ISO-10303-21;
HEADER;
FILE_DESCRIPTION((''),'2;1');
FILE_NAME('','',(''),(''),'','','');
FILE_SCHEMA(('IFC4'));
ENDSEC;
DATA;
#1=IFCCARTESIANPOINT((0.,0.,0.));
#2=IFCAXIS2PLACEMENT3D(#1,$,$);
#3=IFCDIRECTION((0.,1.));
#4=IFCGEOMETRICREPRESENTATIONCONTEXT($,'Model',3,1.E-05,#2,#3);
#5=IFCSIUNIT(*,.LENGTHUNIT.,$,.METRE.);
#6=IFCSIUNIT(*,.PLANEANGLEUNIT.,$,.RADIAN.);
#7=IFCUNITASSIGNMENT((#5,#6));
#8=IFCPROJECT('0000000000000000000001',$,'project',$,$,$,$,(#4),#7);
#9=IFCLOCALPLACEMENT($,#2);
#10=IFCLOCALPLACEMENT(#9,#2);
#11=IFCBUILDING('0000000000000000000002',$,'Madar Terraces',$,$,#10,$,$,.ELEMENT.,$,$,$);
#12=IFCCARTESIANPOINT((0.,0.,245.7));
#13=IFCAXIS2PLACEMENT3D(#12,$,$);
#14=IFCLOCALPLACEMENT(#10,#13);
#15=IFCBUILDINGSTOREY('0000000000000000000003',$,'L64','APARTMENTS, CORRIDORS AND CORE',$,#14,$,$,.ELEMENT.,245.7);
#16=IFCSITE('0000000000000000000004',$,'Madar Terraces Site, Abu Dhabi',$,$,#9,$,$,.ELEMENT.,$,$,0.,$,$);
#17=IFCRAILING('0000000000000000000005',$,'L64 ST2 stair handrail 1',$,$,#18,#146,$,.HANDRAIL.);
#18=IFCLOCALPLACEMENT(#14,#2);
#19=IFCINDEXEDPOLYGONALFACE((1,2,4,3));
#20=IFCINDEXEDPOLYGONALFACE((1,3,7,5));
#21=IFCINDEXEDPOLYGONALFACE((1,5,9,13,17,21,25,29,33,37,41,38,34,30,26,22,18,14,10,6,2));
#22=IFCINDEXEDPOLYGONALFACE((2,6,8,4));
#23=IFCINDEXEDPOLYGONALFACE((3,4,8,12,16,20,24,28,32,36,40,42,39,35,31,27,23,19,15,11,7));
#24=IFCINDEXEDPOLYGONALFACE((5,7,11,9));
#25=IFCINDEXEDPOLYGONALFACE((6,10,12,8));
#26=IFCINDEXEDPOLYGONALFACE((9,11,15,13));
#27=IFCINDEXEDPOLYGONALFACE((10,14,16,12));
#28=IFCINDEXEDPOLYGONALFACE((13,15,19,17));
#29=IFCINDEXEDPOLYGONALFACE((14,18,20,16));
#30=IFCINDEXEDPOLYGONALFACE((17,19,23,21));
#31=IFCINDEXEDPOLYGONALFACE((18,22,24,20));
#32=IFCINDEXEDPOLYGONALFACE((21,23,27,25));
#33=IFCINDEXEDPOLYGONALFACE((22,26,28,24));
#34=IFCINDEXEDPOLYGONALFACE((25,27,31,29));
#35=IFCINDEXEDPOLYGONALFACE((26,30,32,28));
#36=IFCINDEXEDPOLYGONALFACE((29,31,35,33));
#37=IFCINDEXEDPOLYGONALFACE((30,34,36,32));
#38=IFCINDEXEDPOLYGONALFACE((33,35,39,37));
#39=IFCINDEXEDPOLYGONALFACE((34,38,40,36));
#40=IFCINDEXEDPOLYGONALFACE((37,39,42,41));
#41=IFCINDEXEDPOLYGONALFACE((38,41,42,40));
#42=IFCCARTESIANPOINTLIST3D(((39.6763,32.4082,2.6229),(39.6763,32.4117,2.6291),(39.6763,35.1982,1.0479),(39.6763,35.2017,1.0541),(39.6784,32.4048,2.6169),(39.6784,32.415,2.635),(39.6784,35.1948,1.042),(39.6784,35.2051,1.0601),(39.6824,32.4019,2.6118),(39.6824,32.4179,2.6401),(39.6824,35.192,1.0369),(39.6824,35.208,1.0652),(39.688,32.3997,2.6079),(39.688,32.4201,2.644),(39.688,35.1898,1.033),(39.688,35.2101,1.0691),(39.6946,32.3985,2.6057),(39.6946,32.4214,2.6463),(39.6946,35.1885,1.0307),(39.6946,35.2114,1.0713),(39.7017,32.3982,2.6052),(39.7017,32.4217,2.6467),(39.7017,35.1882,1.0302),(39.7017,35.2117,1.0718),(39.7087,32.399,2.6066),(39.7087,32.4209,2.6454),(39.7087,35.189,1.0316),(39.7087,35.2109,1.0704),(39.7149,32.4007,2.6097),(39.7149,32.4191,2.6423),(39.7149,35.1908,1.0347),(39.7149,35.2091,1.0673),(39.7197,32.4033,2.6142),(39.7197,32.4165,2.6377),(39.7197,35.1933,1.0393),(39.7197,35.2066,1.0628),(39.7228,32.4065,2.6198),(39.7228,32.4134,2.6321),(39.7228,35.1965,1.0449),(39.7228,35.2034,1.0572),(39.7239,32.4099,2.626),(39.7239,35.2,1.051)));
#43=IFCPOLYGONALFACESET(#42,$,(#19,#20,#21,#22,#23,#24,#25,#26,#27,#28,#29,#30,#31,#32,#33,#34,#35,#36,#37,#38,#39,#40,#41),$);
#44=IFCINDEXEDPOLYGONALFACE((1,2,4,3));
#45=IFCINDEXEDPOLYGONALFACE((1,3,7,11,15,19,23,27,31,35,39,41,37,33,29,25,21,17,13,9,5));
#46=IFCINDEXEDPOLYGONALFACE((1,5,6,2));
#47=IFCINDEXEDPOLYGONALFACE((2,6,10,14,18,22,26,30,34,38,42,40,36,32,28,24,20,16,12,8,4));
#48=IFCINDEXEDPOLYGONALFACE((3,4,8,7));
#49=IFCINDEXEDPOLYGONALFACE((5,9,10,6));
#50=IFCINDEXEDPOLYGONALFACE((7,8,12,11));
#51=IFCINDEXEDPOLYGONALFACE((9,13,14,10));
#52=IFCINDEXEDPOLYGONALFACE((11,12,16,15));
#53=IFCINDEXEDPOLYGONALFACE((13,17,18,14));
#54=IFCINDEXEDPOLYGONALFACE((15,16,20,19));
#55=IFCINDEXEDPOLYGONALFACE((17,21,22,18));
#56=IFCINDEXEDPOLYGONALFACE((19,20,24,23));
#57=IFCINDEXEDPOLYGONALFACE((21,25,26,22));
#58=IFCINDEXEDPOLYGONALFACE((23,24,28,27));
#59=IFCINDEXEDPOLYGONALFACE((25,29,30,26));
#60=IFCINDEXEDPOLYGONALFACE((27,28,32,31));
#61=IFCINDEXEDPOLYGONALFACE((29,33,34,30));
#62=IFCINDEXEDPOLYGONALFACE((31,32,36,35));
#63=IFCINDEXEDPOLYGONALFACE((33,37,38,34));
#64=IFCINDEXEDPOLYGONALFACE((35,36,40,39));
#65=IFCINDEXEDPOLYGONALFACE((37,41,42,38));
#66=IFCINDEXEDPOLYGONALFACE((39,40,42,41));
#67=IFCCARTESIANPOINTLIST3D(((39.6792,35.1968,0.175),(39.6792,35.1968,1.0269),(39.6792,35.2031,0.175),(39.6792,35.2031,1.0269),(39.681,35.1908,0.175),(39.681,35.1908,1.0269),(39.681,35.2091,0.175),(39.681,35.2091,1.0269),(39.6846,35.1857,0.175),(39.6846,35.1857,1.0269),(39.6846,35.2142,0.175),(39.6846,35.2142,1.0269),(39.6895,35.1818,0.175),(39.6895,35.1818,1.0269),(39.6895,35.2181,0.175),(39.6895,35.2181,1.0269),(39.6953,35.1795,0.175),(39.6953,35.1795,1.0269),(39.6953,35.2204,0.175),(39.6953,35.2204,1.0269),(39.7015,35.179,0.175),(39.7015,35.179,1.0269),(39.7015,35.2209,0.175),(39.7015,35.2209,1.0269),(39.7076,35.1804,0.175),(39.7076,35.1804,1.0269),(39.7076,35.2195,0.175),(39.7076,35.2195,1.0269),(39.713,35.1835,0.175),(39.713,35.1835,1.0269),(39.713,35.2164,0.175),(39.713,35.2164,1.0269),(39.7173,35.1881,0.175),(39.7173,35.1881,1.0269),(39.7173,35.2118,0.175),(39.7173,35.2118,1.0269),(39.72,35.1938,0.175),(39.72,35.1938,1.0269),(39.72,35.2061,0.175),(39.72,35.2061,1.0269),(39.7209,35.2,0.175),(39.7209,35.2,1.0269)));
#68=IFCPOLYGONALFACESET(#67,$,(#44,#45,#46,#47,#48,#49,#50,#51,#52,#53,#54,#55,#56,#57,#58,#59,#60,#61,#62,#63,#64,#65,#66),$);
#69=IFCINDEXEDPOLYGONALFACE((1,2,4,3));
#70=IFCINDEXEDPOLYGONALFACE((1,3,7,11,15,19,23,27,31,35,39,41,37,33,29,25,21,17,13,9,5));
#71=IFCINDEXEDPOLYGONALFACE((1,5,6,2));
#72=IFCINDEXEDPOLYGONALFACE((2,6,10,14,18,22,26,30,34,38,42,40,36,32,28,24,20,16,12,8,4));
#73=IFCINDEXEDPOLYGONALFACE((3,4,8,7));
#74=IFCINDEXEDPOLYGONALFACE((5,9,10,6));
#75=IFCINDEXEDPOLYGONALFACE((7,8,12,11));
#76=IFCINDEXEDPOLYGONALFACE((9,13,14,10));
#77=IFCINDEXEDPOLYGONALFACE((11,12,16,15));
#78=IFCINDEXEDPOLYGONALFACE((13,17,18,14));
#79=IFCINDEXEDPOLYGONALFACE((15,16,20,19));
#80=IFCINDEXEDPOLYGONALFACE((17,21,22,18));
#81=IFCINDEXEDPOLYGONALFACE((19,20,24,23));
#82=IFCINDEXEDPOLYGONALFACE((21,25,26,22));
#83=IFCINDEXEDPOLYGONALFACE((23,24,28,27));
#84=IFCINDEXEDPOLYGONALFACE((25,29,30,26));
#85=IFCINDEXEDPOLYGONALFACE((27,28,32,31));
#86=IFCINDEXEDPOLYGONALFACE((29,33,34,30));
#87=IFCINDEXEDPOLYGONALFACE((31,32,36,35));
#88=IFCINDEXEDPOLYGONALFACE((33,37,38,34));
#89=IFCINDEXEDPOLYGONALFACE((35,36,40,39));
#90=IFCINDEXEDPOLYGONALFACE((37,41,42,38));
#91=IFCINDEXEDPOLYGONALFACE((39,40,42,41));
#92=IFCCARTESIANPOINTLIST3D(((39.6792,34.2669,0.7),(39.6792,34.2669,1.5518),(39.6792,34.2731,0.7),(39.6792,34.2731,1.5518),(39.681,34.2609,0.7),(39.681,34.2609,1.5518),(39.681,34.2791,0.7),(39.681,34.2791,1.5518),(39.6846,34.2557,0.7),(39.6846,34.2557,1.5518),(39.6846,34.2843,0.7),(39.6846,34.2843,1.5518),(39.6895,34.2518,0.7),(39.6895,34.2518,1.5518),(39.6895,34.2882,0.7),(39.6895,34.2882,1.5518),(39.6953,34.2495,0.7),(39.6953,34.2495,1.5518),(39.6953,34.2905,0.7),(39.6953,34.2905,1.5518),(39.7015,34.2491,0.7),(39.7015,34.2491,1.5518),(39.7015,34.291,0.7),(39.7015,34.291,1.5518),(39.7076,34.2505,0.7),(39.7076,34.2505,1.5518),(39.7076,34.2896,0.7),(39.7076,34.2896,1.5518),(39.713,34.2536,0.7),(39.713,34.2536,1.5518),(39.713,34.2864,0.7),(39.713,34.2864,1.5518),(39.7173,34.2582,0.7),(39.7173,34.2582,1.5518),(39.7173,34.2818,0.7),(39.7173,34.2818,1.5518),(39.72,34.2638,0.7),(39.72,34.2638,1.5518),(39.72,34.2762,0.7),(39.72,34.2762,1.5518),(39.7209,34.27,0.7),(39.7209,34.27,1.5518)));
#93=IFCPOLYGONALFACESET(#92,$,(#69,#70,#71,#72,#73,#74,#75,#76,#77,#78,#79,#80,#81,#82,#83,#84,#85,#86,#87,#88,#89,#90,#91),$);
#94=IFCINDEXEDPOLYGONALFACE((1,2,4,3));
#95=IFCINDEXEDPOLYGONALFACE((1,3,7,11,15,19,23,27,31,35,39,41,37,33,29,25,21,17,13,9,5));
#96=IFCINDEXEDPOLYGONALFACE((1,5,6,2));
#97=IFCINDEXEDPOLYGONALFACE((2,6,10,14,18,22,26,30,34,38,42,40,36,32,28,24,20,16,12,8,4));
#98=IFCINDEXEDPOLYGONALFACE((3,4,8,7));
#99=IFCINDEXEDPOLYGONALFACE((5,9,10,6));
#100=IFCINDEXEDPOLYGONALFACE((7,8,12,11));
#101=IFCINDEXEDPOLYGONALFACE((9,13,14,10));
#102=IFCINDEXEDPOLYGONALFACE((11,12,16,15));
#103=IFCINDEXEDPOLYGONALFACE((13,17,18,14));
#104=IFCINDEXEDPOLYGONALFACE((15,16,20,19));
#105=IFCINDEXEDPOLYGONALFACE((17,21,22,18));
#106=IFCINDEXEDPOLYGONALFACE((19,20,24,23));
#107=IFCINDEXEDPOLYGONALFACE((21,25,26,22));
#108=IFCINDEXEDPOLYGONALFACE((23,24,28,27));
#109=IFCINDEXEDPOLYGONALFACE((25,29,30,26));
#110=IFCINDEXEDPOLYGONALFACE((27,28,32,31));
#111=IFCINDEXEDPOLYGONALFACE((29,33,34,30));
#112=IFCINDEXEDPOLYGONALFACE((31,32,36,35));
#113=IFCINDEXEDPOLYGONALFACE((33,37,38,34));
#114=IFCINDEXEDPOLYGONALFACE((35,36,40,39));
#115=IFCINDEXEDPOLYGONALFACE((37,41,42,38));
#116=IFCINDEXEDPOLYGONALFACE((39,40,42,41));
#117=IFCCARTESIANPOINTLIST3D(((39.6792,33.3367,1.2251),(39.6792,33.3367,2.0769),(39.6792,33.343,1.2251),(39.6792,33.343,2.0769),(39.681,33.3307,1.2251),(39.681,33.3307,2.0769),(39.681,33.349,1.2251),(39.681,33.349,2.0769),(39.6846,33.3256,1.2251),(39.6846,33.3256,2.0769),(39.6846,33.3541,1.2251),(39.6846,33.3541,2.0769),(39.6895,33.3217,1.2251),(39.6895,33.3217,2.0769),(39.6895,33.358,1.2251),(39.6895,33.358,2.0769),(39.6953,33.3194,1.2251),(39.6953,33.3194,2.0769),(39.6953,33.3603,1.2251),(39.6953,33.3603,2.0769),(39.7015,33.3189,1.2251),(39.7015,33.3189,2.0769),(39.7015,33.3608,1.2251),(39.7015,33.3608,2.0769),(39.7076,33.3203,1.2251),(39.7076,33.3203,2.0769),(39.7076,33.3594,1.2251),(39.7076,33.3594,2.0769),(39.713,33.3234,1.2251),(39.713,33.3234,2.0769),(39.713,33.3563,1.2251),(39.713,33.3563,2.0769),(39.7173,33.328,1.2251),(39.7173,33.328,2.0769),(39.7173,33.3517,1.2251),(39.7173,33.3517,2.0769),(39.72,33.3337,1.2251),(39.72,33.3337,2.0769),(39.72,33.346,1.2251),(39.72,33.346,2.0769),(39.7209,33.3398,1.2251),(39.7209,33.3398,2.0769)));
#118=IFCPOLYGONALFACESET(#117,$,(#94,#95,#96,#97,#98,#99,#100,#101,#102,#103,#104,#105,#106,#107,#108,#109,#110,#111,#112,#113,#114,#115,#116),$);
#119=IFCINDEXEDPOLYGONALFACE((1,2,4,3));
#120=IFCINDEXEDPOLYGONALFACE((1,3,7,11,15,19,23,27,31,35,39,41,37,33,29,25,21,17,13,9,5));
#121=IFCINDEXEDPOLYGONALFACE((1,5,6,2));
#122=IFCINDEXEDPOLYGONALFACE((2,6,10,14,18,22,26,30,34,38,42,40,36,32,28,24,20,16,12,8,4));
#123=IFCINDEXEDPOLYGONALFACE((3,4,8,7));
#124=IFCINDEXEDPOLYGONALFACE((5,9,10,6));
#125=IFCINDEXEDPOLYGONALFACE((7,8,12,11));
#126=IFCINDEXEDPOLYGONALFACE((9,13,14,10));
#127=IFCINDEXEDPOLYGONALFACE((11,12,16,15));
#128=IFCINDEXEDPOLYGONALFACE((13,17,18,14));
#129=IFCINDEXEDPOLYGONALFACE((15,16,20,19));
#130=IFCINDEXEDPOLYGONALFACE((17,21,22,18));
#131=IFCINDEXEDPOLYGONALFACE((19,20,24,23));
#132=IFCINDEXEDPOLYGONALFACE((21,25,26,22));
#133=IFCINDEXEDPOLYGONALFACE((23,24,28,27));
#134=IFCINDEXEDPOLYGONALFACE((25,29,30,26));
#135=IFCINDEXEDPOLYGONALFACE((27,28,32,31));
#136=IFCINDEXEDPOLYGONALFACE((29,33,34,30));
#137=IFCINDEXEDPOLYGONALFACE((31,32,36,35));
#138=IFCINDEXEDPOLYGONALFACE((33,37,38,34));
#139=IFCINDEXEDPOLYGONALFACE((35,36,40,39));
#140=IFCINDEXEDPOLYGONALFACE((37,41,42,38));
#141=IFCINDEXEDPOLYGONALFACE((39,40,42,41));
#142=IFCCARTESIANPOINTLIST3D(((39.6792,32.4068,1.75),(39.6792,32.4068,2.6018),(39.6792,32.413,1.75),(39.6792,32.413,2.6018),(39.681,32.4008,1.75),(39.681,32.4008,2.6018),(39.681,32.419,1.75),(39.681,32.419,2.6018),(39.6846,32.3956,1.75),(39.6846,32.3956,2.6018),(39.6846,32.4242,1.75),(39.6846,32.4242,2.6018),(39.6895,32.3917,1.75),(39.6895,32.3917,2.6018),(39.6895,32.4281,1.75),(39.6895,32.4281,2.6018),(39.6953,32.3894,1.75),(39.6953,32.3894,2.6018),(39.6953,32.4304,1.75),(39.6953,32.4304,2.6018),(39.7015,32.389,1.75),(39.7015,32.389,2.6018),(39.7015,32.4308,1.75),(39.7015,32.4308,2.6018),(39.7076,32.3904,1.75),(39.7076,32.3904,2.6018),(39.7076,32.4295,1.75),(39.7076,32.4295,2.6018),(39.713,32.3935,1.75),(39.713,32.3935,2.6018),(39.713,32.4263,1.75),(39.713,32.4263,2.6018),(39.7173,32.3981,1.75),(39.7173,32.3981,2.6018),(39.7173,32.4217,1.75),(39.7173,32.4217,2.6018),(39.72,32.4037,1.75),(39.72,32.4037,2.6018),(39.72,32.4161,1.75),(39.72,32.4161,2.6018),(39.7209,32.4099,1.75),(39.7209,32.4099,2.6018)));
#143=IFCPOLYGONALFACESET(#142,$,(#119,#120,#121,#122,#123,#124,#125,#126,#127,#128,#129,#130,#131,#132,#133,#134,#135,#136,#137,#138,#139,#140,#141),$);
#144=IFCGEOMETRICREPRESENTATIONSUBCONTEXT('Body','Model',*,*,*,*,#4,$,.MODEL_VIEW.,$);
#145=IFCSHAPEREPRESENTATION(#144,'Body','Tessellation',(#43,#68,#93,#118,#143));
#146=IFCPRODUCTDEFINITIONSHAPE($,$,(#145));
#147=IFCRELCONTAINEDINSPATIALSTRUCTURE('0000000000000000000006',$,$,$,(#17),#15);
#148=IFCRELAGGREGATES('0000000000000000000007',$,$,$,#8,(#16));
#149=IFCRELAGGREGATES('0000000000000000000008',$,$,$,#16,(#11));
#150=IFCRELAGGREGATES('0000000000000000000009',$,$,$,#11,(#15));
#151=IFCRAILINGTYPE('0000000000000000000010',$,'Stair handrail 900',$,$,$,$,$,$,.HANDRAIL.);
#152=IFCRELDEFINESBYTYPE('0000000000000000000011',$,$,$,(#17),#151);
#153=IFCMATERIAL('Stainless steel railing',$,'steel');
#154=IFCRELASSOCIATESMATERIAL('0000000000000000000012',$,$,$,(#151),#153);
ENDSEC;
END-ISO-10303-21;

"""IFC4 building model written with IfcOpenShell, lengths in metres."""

from ifc_helpers import new_model, si_unit, direction, frame, origin, origin_2d, place, context, subcontext, project, spatial, circle, extrude, material, type_object, element, save


model = new_model("IFC4")

# Units and contexts
model_context = context("Model", 3, precision=1e-05, world=origin(), true_north=direction((0.0, 1.0)))
body_context = subcontext(model_context, "Body", "Model", "MODEL_VIEW")
ifc_project = project(units=[si_unit("LENGTHUNIT", "METRE"), si_unit("PLANEANGLEUNIT", "RADIAN")], contexts=[model_context])

# Site, building, storey
site_placement = place(None, origin())
site = spatial("IfcSite", under=ifc_project, at=site_placement, Name="Madar Terraces Site, Abu Dhabi", CompositionType="ELEMENT", RefElevation=0.0)
building_placement = place(site_placement, origin())
building = spatial("IfcBuilding", under=site, at=building_placement, Name="Madar Terraces", CompositionType="ELEMENT")
storey_placement = place(building_placement, frame((0.0, 0.0, 245.7)))
storey = spatial("IfcBuildingStorey", under=building, at=storey_placement, Name="L64", Description="APARTMENTS, CORRIDORS AND CORE", CompositionType="ELEMENT", Elevation=245.7)

# Railing
ifc_material_1 = material(Name="Stainless steel railing", Category="steel")
railing_type_1 = type_object("IfcRailingType", Name="Stair handrail 900", PredefinedType="HANDRAIL", material=ifc_material_1)
railing_1_placement = place(storey_placement, frame((39.7, 35.2, 0.175)))
element("IfcRailing", 1, at=railing_1_placement, inside=storey, type_object=railing_type_1, Name="L64 ST2 stair handrail 1", PredefinedType="HANDRAIL", context=body_context, shape_type="SweptSolid", body=[
    extrude(circle(Radius=0.0239, at=origin_2d()), frame((0.0, 0.0, 0.876), z_axis=(0.0, -0.870834, 0.491578), x_axis=(1.0, 0.0, 0.0)), (0.0, 0.0, 1.0), 3.2039),
    extrude(circle(Radius=0.021, at=origin_2d()), origin(), (0.0, 0.0, 1.0), 0.8518),
    extrude(circle(Radius=0.021, at=origin_2d()), frame((0.0, -0.9299, 0.5249)), (0.0, 0.0, 1.0), 0.8518),
    extrude(circle(Radius=0.021, at=origin_2d()), frame((0.0, -1.8601, 1.05)), (0.0, 0.0, 1.0), 0.8518),
    extrude(circle(Radius=0.021, at=origin_2d()), frame((0.0, -2.79, 1.575)), (0.0, 0.0, 1.0), 0.8518),
])

save(model, "model.ifc")
